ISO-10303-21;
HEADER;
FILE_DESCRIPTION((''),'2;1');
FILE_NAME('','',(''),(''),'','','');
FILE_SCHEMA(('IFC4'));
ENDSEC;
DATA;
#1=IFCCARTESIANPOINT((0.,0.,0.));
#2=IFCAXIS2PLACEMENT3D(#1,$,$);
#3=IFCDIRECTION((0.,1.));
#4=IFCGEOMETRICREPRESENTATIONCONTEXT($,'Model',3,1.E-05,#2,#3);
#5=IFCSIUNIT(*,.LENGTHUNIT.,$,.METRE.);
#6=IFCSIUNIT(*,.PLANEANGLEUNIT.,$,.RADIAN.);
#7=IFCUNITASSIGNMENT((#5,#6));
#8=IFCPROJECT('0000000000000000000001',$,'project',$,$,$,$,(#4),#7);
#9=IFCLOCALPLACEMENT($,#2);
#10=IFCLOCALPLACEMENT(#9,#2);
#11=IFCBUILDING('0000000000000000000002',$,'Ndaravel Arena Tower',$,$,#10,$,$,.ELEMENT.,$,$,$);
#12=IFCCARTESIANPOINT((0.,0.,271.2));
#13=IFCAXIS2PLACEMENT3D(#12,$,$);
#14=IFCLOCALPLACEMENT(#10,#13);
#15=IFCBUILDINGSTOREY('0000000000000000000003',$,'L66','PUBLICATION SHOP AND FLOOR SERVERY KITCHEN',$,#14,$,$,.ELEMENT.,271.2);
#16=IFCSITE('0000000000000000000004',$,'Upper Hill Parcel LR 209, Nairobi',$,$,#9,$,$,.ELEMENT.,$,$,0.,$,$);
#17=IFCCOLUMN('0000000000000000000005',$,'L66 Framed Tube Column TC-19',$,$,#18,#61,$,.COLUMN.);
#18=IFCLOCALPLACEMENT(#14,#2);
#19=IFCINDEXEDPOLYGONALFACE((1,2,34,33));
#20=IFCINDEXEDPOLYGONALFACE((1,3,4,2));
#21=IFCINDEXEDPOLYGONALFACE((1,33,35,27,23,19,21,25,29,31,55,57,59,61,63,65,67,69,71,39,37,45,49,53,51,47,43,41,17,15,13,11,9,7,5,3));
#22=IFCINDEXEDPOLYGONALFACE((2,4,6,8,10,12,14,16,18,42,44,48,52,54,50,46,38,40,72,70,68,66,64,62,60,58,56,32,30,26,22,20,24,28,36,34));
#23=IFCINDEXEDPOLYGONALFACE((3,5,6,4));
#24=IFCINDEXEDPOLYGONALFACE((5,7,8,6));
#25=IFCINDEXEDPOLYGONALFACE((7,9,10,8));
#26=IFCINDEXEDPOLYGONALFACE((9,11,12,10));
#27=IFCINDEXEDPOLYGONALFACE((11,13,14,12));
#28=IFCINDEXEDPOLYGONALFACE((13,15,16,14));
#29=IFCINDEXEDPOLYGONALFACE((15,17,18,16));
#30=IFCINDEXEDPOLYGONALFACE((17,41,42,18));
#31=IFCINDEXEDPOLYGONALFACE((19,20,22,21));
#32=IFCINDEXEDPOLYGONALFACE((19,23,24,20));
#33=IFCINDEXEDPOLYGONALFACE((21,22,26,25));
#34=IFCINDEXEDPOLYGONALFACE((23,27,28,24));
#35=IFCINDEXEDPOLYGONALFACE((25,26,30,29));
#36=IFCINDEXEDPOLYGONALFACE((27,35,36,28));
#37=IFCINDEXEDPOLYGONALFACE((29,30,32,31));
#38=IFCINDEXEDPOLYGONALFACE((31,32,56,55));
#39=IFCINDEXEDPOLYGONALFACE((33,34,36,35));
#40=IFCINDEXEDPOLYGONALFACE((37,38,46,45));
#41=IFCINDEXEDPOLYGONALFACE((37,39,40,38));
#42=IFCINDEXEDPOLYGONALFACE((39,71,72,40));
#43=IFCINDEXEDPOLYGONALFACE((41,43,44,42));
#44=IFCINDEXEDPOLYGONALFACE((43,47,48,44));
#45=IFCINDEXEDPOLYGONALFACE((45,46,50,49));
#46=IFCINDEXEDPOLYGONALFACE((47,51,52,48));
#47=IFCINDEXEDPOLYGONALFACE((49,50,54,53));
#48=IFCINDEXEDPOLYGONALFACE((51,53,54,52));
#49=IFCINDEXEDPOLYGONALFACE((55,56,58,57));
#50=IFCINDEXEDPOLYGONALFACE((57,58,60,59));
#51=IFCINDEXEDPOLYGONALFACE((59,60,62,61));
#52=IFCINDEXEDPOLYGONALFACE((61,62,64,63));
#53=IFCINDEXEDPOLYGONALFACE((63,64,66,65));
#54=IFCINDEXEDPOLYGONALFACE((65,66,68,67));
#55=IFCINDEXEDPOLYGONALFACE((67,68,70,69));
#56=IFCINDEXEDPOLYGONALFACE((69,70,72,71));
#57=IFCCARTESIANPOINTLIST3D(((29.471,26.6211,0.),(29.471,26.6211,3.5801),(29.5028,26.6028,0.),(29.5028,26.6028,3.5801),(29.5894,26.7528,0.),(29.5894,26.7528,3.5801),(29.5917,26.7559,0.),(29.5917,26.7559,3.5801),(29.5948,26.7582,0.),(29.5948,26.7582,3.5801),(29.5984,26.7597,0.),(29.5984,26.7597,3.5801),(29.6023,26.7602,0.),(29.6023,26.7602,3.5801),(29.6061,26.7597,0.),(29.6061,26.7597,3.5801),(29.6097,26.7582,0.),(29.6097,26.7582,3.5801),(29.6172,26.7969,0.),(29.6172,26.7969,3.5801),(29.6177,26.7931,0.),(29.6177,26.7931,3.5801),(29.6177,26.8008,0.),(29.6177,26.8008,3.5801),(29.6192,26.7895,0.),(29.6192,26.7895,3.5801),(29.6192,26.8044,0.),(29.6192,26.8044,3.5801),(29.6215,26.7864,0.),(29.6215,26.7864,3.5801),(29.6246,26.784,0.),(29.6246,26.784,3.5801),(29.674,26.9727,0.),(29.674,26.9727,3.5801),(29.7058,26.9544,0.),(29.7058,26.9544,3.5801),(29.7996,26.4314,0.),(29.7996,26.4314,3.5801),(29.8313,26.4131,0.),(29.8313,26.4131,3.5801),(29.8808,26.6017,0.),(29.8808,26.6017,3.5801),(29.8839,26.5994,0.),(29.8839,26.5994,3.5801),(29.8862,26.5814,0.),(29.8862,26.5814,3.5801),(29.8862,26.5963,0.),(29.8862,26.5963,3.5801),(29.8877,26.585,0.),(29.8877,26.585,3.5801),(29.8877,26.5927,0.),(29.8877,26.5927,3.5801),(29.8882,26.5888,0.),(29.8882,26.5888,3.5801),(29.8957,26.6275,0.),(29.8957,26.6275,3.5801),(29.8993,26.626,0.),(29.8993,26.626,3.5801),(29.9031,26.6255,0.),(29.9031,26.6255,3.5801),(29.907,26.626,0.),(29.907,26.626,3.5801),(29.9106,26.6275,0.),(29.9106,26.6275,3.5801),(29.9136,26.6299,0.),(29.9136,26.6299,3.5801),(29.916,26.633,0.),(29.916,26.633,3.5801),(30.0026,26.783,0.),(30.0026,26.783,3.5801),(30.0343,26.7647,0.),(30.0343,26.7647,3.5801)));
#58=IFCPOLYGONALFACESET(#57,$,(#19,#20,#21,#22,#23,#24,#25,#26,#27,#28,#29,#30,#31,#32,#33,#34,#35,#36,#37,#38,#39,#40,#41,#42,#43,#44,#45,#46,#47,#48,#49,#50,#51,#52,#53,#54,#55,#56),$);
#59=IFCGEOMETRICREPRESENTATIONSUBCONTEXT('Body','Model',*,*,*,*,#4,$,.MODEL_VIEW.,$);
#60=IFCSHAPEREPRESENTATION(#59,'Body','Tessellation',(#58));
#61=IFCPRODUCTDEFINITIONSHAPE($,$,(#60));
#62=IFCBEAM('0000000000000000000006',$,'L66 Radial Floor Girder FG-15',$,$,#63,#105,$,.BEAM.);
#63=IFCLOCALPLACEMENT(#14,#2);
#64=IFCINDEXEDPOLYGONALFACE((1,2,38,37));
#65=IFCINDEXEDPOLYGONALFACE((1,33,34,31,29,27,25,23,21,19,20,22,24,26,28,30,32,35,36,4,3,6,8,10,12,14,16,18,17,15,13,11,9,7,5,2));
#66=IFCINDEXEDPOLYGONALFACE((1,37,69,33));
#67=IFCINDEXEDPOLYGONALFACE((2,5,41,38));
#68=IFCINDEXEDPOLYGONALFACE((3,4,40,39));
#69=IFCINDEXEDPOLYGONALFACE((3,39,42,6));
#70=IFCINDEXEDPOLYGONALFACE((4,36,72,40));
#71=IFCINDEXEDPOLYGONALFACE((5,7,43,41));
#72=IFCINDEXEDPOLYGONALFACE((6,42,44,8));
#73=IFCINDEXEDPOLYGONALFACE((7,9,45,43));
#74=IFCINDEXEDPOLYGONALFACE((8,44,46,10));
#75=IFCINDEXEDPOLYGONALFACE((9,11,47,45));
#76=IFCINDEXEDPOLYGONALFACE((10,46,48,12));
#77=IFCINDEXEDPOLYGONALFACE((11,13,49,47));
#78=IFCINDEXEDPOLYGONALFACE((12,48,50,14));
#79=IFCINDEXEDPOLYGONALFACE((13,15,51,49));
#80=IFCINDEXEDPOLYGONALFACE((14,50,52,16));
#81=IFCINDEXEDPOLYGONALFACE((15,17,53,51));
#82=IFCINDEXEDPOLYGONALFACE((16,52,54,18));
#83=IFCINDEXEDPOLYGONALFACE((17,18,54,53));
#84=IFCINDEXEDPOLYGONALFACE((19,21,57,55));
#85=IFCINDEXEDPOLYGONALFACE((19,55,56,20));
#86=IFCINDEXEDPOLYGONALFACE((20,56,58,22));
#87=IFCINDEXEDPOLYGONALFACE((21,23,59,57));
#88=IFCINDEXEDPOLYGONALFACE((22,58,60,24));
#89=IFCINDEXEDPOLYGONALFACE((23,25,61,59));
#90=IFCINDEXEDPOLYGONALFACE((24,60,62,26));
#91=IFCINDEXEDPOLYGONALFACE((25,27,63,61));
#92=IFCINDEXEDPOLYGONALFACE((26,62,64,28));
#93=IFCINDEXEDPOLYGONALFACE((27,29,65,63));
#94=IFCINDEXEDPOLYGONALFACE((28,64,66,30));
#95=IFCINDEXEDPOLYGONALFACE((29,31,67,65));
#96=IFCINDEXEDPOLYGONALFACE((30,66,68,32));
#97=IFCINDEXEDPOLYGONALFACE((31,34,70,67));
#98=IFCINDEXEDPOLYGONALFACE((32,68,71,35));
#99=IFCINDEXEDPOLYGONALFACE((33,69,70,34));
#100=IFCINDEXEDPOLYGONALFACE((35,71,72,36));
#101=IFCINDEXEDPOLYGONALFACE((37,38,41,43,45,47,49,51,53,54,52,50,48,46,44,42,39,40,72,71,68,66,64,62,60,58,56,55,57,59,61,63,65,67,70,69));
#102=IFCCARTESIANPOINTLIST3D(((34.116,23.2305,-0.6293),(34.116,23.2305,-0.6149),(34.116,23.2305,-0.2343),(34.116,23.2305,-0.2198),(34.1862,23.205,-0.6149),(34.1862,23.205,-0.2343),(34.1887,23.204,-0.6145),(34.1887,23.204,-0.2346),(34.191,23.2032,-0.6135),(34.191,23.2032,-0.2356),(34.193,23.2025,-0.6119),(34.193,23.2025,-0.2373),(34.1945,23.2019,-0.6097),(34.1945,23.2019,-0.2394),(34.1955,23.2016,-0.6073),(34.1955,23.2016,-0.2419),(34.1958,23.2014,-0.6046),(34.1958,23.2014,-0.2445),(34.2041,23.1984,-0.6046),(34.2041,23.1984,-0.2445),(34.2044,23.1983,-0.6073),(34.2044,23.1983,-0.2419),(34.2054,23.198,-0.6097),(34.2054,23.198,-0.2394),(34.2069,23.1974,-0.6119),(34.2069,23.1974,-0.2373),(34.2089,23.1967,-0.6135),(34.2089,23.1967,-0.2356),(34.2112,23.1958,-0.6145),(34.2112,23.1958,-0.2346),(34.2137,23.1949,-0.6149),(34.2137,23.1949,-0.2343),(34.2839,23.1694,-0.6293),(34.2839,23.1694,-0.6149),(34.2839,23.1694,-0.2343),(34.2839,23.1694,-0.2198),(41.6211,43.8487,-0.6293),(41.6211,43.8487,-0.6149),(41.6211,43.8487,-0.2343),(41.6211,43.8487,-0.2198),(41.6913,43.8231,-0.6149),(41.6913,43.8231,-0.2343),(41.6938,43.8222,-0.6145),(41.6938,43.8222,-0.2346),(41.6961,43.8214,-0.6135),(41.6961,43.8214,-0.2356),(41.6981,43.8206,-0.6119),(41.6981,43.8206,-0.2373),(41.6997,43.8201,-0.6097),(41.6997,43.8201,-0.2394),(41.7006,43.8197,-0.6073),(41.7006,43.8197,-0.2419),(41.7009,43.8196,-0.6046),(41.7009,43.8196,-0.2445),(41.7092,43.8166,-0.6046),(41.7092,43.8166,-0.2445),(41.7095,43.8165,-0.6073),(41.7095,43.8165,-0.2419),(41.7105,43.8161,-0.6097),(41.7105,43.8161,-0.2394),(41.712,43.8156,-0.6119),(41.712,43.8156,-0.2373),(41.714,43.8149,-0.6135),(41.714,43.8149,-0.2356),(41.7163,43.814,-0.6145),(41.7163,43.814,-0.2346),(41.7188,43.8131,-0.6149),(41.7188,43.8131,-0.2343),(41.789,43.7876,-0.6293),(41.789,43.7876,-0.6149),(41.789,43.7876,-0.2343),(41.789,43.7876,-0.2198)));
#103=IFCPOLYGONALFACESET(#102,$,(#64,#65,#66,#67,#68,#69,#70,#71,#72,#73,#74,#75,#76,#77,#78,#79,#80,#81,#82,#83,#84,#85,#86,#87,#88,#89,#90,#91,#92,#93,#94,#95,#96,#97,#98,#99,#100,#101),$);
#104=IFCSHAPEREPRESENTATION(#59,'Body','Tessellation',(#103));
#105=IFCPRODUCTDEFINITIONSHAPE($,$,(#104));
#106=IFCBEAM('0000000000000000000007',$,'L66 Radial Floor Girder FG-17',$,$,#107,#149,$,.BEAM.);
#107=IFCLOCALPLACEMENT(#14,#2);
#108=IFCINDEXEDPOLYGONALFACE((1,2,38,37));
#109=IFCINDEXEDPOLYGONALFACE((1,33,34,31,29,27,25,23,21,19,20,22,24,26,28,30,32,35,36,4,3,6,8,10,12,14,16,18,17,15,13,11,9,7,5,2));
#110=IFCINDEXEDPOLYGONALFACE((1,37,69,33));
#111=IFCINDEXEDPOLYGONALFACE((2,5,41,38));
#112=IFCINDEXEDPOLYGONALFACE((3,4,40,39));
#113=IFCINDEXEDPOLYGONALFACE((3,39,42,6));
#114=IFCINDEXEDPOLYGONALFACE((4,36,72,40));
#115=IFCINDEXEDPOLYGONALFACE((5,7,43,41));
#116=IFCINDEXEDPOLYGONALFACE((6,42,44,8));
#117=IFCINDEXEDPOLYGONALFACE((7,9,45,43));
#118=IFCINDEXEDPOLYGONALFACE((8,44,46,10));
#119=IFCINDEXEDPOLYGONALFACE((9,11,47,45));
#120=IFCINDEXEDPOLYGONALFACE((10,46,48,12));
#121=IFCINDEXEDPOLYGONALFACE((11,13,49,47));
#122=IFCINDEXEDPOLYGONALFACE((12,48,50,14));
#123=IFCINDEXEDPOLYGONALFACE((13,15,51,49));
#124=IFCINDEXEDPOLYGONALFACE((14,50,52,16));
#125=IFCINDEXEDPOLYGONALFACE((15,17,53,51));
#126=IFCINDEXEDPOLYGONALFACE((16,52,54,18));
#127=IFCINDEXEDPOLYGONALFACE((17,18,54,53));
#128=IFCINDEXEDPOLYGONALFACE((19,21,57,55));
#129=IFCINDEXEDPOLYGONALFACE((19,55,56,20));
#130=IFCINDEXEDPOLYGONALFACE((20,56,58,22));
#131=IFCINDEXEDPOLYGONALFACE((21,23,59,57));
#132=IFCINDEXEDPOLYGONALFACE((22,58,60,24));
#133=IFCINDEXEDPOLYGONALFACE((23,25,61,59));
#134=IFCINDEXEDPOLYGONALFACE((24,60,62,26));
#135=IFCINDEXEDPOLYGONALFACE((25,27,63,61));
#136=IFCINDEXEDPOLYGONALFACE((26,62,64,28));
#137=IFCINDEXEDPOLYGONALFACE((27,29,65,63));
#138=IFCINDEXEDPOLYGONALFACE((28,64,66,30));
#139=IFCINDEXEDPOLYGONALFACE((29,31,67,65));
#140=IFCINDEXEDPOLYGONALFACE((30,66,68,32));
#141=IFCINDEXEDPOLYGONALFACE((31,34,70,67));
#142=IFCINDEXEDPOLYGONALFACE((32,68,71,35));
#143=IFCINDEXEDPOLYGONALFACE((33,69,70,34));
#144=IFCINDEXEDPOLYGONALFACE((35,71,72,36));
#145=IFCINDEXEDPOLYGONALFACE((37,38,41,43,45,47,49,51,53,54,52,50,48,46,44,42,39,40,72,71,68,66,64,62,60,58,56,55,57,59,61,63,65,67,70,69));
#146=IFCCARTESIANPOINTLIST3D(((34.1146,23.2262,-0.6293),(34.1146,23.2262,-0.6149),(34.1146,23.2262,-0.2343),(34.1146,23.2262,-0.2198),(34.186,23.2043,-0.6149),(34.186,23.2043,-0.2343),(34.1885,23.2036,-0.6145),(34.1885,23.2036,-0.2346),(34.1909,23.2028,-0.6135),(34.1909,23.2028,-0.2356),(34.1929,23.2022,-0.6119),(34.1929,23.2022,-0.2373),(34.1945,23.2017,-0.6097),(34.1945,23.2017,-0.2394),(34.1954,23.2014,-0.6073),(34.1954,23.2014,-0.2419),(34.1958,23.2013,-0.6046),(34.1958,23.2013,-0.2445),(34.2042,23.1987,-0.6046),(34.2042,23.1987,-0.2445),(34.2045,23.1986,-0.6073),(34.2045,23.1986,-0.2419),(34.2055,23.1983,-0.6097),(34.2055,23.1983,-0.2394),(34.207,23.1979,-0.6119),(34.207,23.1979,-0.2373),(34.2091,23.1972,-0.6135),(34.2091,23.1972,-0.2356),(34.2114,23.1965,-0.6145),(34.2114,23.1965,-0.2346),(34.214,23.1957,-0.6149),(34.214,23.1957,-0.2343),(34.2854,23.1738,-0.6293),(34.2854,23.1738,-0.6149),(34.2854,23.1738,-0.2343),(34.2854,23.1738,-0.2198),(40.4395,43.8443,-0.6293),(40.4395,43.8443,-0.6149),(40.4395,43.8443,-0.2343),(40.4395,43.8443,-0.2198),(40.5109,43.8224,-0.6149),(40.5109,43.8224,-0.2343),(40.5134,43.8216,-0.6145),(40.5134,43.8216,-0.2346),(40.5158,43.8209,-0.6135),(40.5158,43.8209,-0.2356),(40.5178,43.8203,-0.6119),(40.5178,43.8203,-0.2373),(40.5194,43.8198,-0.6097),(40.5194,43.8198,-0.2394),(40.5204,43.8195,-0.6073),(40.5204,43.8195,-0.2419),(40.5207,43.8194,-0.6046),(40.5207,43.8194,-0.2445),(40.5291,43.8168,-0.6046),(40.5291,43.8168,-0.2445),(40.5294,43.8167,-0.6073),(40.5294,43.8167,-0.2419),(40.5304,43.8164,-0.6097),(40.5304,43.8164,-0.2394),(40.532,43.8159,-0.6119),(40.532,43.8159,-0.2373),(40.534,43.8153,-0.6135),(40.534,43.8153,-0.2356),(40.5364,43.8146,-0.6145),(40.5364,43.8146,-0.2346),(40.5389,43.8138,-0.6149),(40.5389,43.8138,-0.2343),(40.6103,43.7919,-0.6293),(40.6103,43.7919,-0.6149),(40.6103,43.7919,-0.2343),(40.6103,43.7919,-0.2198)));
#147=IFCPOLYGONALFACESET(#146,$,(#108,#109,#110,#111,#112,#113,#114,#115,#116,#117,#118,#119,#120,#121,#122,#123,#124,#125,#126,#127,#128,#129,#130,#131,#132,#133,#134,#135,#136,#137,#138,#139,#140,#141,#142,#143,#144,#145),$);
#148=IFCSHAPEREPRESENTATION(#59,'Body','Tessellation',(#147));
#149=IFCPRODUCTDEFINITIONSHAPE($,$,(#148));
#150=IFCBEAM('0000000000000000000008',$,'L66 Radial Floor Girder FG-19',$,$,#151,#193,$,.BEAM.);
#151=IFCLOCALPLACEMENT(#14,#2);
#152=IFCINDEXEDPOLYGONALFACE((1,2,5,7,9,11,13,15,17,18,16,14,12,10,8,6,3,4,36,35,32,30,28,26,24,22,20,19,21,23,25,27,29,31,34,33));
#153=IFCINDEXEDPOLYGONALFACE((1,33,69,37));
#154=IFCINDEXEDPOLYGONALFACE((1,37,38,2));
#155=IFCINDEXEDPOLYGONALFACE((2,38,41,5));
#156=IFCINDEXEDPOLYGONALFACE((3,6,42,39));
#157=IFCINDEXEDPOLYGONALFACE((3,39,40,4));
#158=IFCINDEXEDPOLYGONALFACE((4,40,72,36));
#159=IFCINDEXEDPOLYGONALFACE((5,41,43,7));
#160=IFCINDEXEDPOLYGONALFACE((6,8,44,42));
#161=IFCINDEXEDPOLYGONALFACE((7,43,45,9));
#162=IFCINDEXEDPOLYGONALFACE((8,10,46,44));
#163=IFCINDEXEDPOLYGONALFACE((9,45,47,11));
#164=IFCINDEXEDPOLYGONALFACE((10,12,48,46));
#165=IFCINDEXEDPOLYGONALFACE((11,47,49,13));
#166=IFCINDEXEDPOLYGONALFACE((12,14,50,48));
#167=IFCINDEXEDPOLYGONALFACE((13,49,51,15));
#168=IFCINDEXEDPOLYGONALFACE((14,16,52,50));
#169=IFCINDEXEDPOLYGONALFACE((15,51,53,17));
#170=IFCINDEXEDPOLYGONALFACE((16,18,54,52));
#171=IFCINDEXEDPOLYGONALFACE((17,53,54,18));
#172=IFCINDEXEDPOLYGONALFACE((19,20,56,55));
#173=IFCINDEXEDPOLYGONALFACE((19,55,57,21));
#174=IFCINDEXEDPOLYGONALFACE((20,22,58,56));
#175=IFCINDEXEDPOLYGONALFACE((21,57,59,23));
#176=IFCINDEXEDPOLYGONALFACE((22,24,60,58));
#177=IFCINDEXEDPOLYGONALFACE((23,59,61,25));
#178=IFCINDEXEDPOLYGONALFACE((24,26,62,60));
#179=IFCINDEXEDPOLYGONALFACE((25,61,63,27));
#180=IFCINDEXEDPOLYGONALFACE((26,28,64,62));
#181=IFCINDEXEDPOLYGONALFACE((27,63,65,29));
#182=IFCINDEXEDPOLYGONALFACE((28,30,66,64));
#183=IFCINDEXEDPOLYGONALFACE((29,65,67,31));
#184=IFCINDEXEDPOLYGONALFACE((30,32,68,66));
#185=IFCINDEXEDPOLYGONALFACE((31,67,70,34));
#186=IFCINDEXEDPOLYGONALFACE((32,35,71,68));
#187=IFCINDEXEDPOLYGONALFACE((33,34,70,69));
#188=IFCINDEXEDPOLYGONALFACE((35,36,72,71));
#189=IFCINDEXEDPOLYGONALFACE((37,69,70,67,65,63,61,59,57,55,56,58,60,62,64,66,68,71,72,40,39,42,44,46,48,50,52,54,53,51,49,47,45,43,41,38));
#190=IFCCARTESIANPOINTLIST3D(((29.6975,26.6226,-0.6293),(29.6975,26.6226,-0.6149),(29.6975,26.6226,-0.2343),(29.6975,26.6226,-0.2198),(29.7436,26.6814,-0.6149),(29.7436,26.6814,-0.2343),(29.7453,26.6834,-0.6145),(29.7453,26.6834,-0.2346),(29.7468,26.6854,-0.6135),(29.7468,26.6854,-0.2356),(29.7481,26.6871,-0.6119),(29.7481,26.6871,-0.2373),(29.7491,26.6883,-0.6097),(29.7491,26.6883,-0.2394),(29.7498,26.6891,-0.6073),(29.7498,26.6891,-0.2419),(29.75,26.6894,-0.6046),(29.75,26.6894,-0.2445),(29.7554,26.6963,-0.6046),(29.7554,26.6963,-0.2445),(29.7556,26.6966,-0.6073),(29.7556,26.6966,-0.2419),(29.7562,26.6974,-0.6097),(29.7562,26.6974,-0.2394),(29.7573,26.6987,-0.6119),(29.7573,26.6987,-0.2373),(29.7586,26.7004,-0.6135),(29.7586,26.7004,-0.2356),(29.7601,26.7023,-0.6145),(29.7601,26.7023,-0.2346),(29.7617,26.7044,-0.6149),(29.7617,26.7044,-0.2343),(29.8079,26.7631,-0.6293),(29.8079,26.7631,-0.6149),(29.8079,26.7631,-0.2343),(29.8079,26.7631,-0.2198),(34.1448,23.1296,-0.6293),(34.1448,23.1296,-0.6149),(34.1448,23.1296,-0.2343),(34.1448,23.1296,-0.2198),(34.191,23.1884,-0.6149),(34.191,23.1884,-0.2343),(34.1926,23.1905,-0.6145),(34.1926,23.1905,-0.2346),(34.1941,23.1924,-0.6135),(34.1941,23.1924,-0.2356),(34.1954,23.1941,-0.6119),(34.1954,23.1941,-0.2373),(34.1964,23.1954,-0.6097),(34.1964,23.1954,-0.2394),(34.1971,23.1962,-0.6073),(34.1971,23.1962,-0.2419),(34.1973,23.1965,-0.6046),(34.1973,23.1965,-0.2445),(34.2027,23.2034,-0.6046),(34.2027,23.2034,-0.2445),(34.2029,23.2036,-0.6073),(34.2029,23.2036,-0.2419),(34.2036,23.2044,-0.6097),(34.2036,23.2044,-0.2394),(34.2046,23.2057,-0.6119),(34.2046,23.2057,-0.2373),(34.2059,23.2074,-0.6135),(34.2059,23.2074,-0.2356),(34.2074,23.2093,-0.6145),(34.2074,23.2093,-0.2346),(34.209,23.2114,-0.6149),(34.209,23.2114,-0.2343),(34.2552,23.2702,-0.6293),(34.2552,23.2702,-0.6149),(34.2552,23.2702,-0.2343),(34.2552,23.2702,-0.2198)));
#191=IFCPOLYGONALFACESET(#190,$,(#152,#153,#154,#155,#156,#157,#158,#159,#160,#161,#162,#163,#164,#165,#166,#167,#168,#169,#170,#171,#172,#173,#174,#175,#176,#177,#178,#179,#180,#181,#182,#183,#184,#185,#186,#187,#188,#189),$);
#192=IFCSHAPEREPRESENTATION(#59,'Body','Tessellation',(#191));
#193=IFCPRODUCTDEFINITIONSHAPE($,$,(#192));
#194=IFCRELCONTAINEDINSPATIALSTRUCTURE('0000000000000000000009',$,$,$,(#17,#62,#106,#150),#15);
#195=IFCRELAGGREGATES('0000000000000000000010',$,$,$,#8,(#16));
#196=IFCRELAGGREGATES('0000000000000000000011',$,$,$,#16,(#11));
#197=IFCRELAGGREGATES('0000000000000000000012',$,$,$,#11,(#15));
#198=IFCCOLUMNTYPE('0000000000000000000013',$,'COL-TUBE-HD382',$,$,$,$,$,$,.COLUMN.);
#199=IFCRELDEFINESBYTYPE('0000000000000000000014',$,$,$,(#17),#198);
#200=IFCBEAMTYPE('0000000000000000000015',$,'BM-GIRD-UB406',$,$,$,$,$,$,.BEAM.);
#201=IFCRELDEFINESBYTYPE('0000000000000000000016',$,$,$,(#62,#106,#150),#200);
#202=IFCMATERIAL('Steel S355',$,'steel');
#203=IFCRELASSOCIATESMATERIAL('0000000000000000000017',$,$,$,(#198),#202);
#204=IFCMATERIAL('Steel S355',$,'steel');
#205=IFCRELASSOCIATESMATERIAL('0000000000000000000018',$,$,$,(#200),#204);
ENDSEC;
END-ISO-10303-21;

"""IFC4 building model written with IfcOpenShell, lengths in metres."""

from ifc_helpers import new_model, si_unit, direction, frame, origin, origin_2d, place, context, subcontext, project, spatial, i_section, extrude, material, material_profile, profile_set, type_object, element, save


model = new_model("IFC4")

# Units and contexts
model_context = context("Model", 3, precision=1e-05, world=origin(), true_north=direction((0.0, 1.0)))
body_context = subcontext(model_context, "Body", "Model", "MODEL_VIEW")
ifc_project = project(units=[si_unit("LENGTHUNIT", "METRE"), si_unit("PLANEANGLEUNIT", "RADIAN")], contexts=[model_context])

# Site, building, storey
site_placement = place(None, origin())
site = spatial("IfcSite", under=ifc_project, at=site_placement, Name="Upper Hill Parcel LR 209, Nairobi", CompositionType="ELEMENT", RefElevation=0.0)
building_placement = place(site_placement, origin())
building = spatial("IfcBuilding", under=site, at=building_placement, Name="Ndaravel Arena Tower", CompositionType="ELEMENT")
storey_placement = place(building_placement, frame((0.0, 0.0, 271.2)))
storey = spatial("IfcBuildingStorey", under=building, at=storey_placement, Name="L66", Description="PUBLICATION SHOP AND FLOOR SERVERY KITCHEN", CompositionType="ELEMENT", Elevation=271.2)

# Column
ifc_material_1 = material(Name="Steel S355", Category="steel")
ifc_material_profile_1 = material_profile(ifc_material_1, i_section(OverallWidth=0.406, OverallDepth=0.416, WebThickness=0.0298, FlangeThickness=0.0366, FilletRadius=0.0149, at=origin_2d()), Name="HD 400x382")
ifc_profile_set_1 = profile_set([ifc_material_profile_1], Name="Steel S355")
column_type = type_object("IfcColumnType", Name="COL-TUBE-HD382", PredefinedType="COLUMN", material=ifc_profile_set_1)
for number, where, z_axis, x_axis, name in (
    (1, (29.7527, 26.6929, 0.0), (0.0, 0.0, 1.0), (0.5, 0.866025, 0.0), "L66 Framed Tube Column TC-19"),
):
    element("IfcColumn", number, at=place(storey_placement, frame(where, z_axis=z_axis, x_axis=x_axis)), inside=storey, type_object=column_type, Name=name, PredefinedType="COLUMN", context=body_context, shape_type="SweptSolid", body=[
        extrude(i_section(OverallWidth=0.406, OverallDepth=0.416, WebThickness=0.0298, FlangeThickness=0.0366, FilletRadius=0.0149, at=origin_2d()), origin(), (0.0, 0.0, 1.0), 3.5801),
    ])

# Beams
ifc_material_2 = material(Name="Steel S355", Category="steel")
ifc_material_profile_2 = material_profile(ifc_material_2, i_section(OverallWidth=0.1787, OverallDepth=0.4094, WebThickness=0.0088, FlangeThickness=0.0144, FilletRadius=0.0103, at=origin_2d()), Name="UB 406x178x67")
ifc_profile_set_2 = profile_set([ifc_material_profile_2], Name="Steel S355")
beam_type_1 = type_object("IfcBeamType", Name="BM-GIRD-UB406", PredefinedType="BEAM", material=ifc_profile_set_2)
beam_1_placement = place(storey_placement, frame((41.7051, 43.8181, -0.4246), z_axis=(-0.342049, -0.939682, 0.0), x_axis=(0.939682, -0.342049, 0.0)))
element("IfcBeam", 2, at=beam_1_placement, inside=storey, type_object=beam_type_1, Name="L66 Radial Floor Girder FG-15", PredefinedType="BEAM", context=body_context, shape_type="SweptSolid", body=[
    extrude(i_section(OverallWidth=0.1787, OverallDepth=0.4094, WebThickness=0.0088, FlangeThickness=0.0144, FilletRadius=0.0103, at=origin_2d()), origin(), (0.0, 0.0, 1.0), 21.9417),
])
beam_2_placement = place(storey_placement, frame((40.5249, 43.8181, -0.4246), z_axis=(-0.293277, -0.956028, 0.0), x_axis=(0.956028, -0.293277, 0.0)))
element("IfcBeam", 3, at=beam_2_placement, inside=storey, type_object=beam_type_1, Name="L66 Radial Floor Girder FG-17", PredefinedType="BEAM", context=body_context, shape_type="SweptSolid", body=[
    extrude(i_section(OverallWidth=0.1787, OverallDepth=0.4094, WebThickness=0.0088, FlangeThickness=0.0144, FilletRadius=0.0103, at=origin_2d()), origin(), (0.0, 0.0, 1.0), 21.5664),
])
beam_3_placement = place(storey_placement, frame((29.7527, 26.6929, -0.4246), z_axis=(0.786435, -0.617673, 0.0), x_axis=(0.617673, 0.786435, 0.0)))
element("IfcBeam", 4, at=beam_3_placement, inside=storey, type_object=beam_type_1, Name="L66 Radial Floor Girder FG-19", PredefinedType="BEAM", context=body_context, shape_type="SweptSolid", body=[
    extrude(i_section(OverallWidth=0.1787, OverallDepth=0.4094, WebThickness=0.0088, FlangeThickness=0.0144, FilletRadius=0.0103, at=origin_2d()), origin(), (0.0, 0.0, 1.0), 5.655),
])

save(model, "model.ifc")
